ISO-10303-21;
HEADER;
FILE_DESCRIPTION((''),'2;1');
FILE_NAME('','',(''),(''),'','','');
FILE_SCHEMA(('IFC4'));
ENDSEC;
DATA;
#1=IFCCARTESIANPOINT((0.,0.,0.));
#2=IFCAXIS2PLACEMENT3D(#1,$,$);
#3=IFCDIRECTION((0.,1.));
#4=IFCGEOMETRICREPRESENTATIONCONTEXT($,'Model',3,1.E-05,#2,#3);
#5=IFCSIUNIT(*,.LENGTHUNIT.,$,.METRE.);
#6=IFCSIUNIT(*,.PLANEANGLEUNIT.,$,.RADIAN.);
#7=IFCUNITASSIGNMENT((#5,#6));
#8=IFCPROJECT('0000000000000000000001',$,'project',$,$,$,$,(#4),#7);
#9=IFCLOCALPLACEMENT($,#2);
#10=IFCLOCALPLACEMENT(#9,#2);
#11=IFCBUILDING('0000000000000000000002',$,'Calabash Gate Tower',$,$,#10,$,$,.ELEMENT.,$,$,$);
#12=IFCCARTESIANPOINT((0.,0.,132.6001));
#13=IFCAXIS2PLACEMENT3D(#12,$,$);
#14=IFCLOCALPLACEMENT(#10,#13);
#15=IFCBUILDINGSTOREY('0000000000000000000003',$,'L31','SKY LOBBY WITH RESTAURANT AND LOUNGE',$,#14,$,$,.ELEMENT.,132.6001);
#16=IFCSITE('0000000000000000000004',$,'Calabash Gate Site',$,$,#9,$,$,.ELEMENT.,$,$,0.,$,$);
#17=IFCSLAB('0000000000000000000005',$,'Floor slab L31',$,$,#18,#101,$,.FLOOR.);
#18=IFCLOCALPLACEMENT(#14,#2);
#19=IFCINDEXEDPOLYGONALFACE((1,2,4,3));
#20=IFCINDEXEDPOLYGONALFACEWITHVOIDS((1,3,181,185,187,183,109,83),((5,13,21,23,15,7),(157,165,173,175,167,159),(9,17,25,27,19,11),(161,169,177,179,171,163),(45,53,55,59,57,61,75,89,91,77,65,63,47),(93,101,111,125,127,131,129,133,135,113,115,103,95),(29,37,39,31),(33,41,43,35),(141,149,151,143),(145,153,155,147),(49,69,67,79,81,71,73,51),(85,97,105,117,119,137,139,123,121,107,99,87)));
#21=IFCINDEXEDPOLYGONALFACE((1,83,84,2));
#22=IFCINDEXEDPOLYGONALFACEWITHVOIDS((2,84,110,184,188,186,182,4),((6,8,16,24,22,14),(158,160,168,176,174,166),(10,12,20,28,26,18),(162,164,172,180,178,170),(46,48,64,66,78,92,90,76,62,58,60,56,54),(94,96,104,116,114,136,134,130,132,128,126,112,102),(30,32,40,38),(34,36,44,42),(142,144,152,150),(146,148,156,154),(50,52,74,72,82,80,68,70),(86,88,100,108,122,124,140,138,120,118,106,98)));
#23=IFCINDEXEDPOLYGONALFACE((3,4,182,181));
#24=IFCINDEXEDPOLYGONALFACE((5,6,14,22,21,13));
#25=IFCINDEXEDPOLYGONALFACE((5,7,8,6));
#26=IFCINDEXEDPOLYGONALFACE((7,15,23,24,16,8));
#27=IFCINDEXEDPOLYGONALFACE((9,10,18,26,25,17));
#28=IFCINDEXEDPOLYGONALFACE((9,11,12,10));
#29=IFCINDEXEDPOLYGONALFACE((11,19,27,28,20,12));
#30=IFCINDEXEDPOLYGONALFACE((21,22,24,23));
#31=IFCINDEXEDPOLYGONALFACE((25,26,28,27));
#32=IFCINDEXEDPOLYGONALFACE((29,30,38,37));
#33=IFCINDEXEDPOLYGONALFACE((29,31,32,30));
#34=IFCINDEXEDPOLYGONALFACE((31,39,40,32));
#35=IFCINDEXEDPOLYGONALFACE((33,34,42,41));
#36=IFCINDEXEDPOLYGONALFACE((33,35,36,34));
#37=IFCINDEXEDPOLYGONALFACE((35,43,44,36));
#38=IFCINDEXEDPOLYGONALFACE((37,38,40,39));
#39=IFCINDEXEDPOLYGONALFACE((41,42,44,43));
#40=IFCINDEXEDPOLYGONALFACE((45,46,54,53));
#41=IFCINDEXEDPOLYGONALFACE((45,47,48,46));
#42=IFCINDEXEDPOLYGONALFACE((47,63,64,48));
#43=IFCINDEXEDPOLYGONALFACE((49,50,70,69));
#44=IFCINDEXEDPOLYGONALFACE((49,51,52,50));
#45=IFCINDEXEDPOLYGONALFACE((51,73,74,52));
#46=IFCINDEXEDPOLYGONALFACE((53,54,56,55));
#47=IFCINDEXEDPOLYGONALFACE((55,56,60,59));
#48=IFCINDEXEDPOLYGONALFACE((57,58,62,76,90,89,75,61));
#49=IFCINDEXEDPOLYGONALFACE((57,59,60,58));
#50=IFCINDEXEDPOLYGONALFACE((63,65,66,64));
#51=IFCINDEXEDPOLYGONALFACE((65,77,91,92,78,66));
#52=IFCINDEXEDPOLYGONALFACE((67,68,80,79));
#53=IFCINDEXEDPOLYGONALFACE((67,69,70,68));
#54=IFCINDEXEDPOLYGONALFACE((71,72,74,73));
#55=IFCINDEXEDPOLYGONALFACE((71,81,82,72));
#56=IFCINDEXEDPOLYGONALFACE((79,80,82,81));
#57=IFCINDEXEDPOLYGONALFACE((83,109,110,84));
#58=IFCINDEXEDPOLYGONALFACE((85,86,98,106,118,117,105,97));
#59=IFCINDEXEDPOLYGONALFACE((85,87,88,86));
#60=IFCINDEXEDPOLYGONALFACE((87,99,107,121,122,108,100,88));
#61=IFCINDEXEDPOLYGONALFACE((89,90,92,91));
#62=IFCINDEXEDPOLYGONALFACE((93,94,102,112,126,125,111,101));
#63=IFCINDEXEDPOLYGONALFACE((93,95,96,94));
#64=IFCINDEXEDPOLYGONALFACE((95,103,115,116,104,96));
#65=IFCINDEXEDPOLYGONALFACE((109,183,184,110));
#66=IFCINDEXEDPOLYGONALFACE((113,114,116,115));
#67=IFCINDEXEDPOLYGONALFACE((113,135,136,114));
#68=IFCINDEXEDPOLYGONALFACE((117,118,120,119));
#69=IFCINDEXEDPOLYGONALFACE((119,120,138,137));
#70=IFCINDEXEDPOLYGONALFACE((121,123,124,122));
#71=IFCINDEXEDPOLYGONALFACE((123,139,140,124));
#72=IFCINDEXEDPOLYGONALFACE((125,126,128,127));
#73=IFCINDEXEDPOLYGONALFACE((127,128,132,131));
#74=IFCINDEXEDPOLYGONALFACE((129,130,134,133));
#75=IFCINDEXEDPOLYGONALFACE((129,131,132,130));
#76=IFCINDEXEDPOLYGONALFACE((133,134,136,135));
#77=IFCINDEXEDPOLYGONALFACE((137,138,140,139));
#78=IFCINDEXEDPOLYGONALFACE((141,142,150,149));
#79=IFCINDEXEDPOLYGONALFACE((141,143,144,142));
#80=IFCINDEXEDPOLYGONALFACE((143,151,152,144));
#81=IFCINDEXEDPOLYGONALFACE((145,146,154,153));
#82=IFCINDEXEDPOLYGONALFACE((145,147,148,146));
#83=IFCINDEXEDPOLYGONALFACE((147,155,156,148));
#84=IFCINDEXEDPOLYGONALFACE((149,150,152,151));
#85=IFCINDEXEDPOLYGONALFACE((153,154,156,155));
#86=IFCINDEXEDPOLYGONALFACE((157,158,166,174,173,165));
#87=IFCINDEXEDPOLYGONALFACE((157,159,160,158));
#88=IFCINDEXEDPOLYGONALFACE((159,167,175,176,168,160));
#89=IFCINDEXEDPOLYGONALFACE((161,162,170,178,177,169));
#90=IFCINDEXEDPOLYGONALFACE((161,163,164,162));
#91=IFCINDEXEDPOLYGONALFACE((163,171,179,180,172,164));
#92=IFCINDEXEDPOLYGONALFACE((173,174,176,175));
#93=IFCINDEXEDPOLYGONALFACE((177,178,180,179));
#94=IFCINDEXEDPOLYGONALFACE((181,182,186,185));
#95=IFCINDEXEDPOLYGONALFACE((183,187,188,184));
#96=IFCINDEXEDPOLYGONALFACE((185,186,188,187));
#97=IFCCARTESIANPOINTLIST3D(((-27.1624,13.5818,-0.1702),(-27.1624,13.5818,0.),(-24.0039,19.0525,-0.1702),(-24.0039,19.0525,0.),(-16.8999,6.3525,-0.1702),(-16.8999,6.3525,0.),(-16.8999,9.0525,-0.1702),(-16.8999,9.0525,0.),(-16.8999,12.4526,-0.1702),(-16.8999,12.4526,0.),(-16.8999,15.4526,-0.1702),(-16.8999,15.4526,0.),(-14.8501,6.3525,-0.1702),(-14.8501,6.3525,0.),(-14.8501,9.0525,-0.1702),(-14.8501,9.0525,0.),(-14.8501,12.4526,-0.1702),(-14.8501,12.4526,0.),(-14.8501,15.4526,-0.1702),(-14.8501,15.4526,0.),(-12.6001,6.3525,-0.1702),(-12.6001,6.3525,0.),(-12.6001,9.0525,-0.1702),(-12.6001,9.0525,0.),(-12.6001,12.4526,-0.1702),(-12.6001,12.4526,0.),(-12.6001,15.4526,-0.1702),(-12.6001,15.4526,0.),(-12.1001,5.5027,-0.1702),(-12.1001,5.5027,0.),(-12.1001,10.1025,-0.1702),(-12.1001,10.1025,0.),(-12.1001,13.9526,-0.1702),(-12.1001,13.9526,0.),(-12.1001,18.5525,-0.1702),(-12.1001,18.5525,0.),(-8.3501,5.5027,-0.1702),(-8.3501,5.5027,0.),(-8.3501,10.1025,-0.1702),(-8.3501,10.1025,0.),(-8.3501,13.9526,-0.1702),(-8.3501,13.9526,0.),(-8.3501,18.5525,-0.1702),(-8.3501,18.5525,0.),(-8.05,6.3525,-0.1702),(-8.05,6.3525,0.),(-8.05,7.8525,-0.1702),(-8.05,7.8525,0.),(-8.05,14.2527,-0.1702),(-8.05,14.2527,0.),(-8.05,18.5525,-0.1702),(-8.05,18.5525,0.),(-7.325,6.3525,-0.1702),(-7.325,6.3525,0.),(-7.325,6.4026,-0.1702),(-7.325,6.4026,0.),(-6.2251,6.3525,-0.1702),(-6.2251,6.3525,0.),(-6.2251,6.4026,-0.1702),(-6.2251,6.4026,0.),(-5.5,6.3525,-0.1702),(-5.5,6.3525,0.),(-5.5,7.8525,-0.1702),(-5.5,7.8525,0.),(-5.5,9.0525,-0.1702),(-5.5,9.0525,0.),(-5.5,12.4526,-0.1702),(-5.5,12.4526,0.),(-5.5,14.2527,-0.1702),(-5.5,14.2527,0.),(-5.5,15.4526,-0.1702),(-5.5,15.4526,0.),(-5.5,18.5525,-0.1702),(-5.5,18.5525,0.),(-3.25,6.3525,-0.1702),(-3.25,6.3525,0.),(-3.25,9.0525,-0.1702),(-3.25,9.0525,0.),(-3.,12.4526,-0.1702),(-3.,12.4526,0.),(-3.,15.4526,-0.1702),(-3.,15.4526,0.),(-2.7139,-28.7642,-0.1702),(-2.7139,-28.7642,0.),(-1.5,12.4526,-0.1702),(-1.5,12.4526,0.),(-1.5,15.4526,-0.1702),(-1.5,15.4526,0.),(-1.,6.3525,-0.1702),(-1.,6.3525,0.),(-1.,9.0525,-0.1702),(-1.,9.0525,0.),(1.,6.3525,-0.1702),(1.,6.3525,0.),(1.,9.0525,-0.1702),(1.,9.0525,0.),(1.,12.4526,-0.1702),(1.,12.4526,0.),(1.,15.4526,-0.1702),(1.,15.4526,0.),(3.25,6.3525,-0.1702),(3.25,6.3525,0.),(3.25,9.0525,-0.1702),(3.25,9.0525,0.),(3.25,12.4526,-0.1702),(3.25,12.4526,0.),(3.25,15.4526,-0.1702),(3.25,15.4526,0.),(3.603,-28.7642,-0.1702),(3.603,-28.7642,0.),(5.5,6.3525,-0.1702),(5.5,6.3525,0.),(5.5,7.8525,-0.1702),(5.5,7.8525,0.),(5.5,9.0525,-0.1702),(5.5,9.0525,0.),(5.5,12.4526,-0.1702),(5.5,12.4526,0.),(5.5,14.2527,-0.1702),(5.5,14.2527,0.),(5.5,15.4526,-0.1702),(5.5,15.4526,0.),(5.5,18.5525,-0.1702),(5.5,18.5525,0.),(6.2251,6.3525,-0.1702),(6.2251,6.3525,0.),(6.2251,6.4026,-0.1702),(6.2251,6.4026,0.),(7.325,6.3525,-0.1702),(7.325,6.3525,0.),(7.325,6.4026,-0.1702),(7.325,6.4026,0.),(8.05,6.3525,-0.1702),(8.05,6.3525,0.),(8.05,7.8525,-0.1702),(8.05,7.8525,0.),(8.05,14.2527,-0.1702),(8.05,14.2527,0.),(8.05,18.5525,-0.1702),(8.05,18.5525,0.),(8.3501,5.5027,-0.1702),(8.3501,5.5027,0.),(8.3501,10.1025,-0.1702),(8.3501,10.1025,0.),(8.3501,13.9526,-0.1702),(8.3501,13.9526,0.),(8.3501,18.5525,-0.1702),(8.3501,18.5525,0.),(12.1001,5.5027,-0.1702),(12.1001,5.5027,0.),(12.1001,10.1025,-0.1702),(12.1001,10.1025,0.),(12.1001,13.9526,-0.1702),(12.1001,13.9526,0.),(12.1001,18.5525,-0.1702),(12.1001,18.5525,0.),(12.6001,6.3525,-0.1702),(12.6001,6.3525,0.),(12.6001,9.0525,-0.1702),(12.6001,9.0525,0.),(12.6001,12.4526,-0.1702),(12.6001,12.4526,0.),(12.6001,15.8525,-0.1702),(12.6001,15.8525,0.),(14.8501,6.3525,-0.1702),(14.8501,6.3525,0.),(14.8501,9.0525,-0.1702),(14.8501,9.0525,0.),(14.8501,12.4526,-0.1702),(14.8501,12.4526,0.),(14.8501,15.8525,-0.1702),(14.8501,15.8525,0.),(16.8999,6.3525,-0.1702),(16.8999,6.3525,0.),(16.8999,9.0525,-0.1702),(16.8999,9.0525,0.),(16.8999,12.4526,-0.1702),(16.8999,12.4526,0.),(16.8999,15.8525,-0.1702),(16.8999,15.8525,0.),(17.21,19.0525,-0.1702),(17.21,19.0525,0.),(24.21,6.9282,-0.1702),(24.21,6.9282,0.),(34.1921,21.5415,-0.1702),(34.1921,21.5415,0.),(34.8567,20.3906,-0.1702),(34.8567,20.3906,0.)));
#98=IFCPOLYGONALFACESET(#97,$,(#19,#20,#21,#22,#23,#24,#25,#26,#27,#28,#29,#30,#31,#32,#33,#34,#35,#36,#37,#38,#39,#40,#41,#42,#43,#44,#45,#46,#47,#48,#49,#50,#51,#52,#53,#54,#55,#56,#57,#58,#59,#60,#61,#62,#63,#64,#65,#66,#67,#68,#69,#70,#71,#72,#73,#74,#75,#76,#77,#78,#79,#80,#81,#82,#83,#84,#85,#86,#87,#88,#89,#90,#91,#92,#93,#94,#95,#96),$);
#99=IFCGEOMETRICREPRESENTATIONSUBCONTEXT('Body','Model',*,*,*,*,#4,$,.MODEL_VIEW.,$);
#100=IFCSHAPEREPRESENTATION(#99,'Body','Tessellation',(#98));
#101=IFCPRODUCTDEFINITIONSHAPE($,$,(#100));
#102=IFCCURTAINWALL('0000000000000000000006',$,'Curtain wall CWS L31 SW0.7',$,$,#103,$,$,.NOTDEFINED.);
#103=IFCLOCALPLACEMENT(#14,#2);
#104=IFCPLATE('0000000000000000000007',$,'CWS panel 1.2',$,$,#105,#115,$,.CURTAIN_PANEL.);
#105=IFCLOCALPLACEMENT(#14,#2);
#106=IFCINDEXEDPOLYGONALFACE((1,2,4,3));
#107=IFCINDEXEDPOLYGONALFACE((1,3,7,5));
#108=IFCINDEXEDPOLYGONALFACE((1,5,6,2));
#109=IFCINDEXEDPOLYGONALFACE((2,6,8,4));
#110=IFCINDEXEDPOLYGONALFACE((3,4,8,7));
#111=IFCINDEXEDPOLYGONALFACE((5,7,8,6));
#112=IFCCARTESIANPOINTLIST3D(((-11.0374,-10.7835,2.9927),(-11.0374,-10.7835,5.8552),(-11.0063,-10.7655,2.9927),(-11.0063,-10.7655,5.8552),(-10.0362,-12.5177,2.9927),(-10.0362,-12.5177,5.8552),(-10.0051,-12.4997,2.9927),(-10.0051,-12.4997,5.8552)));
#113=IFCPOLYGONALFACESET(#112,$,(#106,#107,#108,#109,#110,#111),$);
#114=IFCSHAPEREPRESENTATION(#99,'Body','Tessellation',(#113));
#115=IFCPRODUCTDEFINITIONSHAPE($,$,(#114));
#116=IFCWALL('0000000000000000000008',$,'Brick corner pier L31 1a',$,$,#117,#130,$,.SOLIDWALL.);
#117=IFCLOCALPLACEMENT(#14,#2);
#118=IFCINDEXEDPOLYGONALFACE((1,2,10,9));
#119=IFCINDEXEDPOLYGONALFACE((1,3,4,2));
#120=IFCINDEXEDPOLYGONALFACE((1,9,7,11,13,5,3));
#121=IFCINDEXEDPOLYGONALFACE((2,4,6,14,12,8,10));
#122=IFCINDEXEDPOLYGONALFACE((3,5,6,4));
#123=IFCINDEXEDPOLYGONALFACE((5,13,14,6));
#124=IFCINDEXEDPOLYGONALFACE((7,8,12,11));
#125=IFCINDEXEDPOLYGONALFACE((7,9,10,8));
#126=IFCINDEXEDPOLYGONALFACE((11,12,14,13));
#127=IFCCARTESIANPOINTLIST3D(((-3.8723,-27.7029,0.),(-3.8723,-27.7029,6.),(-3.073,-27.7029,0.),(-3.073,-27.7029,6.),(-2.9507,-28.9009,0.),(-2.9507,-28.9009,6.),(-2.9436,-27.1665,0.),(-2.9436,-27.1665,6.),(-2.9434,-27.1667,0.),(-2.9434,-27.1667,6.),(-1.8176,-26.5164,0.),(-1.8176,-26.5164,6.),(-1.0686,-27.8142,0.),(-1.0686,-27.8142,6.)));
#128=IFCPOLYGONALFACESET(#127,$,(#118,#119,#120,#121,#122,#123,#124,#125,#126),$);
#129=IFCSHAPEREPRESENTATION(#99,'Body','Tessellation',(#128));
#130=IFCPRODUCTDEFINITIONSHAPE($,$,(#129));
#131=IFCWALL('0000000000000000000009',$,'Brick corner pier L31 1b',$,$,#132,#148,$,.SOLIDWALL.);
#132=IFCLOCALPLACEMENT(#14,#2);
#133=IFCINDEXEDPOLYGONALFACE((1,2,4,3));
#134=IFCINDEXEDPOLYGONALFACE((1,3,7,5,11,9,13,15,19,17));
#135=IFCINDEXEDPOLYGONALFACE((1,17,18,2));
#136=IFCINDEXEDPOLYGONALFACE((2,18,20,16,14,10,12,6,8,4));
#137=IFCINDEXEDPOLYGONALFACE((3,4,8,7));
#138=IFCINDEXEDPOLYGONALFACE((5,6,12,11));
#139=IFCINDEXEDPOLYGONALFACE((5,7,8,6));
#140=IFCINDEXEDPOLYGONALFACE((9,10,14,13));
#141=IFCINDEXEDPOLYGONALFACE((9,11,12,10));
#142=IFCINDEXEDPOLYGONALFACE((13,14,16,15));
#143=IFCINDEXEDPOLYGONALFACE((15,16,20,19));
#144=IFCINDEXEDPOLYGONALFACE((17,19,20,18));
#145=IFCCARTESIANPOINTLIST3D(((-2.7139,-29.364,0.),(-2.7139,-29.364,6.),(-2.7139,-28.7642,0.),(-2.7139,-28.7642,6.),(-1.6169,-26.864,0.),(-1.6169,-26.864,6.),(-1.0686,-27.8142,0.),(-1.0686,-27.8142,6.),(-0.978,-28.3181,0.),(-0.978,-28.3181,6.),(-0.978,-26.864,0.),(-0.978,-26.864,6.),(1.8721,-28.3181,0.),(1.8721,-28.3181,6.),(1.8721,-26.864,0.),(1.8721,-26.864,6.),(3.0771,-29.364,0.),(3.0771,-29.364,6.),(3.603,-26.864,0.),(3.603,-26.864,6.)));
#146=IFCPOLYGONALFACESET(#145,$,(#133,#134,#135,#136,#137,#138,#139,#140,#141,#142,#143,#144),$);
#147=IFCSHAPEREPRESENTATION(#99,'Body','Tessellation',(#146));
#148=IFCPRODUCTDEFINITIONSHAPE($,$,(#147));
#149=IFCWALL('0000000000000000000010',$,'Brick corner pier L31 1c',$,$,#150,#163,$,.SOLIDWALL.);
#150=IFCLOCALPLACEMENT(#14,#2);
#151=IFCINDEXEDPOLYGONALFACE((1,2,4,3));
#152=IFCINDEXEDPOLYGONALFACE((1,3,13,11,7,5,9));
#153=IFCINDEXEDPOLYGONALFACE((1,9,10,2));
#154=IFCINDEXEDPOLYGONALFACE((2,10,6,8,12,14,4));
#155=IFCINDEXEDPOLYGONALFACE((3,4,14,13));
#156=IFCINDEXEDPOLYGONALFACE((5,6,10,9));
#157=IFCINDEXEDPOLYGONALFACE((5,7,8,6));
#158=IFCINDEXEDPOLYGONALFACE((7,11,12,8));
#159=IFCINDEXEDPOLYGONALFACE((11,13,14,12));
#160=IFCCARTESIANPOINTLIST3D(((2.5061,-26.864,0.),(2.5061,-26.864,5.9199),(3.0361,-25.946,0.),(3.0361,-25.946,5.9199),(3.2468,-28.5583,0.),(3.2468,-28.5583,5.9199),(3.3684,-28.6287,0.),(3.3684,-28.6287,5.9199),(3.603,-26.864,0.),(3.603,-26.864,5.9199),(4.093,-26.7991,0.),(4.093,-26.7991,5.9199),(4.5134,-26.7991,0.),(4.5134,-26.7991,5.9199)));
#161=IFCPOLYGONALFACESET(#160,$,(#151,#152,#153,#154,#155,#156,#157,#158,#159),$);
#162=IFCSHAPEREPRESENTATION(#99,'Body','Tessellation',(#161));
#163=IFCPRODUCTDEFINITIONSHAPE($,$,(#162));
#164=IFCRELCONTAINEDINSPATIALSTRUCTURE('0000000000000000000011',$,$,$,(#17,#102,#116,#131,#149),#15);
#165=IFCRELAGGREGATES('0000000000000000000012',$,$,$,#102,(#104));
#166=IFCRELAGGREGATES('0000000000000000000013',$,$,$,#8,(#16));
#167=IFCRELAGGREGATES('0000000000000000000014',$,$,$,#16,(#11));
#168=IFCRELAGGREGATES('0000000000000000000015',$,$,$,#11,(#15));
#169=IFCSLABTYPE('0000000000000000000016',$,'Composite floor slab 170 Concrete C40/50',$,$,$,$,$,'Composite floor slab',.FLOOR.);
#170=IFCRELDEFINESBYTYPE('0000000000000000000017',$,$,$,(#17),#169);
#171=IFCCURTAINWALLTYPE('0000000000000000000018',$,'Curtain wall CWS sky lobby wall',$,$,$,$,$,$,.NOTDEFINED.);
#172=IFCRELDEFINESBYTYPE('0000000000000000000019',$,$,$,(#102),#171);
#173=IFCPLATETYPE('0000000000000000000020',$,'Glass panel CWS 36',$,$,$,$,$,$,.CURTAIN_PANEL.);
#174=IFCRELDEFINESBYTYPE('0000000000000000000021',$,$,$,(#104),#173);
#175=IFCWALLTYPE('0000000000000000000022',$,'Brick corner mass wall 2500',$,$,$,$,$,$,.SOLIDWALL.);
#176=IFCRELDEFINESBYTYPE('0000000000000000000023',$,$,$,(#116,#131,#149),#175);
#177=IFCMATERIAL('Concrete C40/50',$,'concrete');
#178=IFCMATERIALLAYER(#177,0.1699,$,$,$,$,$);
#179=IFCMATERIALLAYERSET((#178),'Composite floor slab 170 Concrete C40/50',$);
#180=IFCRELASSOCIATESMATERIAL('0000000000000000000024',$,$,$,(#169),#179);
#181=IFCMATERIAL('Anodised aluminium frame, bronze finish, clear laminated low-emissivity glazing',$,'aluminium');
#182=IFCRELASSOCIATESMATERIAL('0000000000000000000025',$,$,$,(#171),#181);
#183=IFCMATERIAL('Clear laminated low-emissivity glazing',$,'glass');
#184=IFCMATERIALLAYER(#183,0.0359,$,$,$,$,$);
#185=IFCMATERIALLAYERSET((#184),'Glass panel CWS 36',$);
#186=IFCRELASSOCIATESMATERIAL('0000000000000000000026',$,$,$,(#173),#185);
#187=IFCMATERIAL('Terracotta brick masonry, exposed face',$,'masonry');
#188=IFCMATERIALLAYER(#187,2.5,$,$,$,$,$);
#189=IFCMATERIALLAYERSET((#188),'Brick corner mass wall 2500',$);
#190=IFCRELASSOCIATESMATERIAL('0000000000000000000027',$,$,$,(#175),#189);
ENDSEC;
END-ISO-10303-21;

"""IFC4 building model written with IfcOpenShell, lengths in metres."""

from ifc_helpers import new_model, si_unit, direction, frame, origin, origin_2d, place, context, subcontext, project, spatial, polyline, rectangle, outline, extrude, material, layer, layer_set, type_object, element, aggregate, save


model = new_model("IFC4")

# Units and contexts
model_context = context("Model", 3, precision=1e-05, world=origin(), true_north=direction((0.0, 1.0)))
body_context = subcontext(model_context, "Body", "Model", "MODEL_VIEW")
ifc_project = project(units=[si_unit("LENGTHUNIT", "METRE"), si_unit("PLANEANGLEUNIT", "RADIAN")], contexts=[model_context])

# Site, building, storey
site_placement = place(None, origin())
site = spatial("IfcSite", under=ifc_project, at=site_placement, Name="Calabash Gate Site", CompositionType="ELEMENT", RefElevation=0.0)
building_placement = place(site_placement, origin())
building = spatial("IfcBuilding", under=site, at=building_placement, Name="Calabash Gate Tower", CompositionType="ELEMENT")
storey_placement = place(building_placement, frame((0.0, 0.0, 132.6001)))
storey = spatial("IfcBuildingStorey", under=building, at=storey_placement, Name="L31", Description="SKY LOBBY WITH RESTAURANT AND LOUNGE", CompositionType="ELEMENT", Elevation=132.6001)

# Slab
ifc_material_1 = material(Name="Concrete C40/50", Category="concrete")
ifc_layer_1 = layer(ifc_material_1, 0.1699)
ifc_layer_set_1 = layer_set([ifc_layer_1], Name="Composite floor slab 170 Concrete C40/50")
slab_type = type_object("IfcSlabType", Name="Composite floor slab 170 Concrete C40/50", ElementType="Composite floor slab", PredefinedType="FLOOR", material=ifc_layer_set_1)
slab_placement = place(storey_placement, frame((0.0, 0.0, -0.1702)))
element("IfcSlab", 1, at=slab_placement, inside=storey, type_object=slab_type, Name="Floor slab L31", PredefinedType="FLOOR", context=body_context, shape_type="SweptSolid", body=[
    extrude(outline(polyline([(-27.1624, 13.5818), (-24.0039, 19.0525), (17.21, 19.0525), (34.1921, 21.5415), (34.8567, 20.3906), (24.21, 6.9282), (3.603, -28.7642), (-2.7139, -28.7642), (-27.1624, 13.5818)]), holes=[polyline([(-5.5, 9.0525), (-5.5, 7.8525), (-8.05, 7.8525), (-8.05, 6.3525), (-7.325, 6.3525), (-7.325, 6.4026), (-6.2251, 6.4026), (-6.2251, 6.3525), (-5.5, 6.3525), (-3.25, 6.3525), (-1.0, 6.3525), (-1.0, 9.0525), (-3.25, 9.0525), (-5.5, 9.0525)]), polyline([(5.5, 9.0525), (3.25, 9.0525), (1.0, 9.0525), (1.0, 6.3525), (3.25, 6.3525), (5.5, 6.3525), (6.2251, 6.3525), (6.2251, 6.4026), (7.325, 6.4026), (7.325, 6.3525), (8.05, 6.3525), (8.05, 7.8525), (5.5, 7.8525), (5.5, 9.0525)]), polyline([(-5.5, 14.2527), (-5.5, 12.4526), (-3.0, 12.4526), (-3.0, 15.4526), (-5.5, 15.4526), (-5.5, 18.5525), (-8.05, 18.5525), (-8.05, 14.2527), (-5.5, 14.2527)]), polyline([(8.05, 18.5525), (5.5, 18.5525), (5.5, 15.4526), (3.25, 15.4526), (1.0, 15.4526), (-1.5, 15.4526), (-1.5, 12.4526), (1.0, 12.4526), (3.25, 12.4526), (5.5, 12.4526), (5.5, 14.2527), (8.05, 14.2527), (8.05, 18.5525)]), polyline([(-12.6001, 6.3525), (-12.6001, 9.0525), (-14.8501, 9.0525), (-16.8999, 9.0525), (-16.8999, 6.3525), (-14.8501, 6.3525), (-12.6001, 6.3525)]), polyline([(-14.8501, 12.4526), (-12.6001, 12.4526), (-12.6001, 15.4526), (-14.8501, 15.4526), (-16.8999, 15.4526), (-16.8999, 12.4526), (-14.8501, 12.4526)]), polyline([(14.8501, 6.3525), (16.8999, 6.3525), (16.8999, 9.0525), (14.8501, 9.0525), (12.6001, 9.0525), (12.6001, 6.3525), (14.8501, 6.3525)]), polyline([(14.8501, 12.4526), (16.8999, 12.4526), (16.8999, 15.8525), (14.8501, 15.8525), (12.6001, 15.8525), (12.6001, 12.4526), (14.8501, 12.4526)]), polyline([(-8.3501, 18.5525), (-12.1001, 18.5525), (-12.1001, 13.9526), (-8.3501, 13.9526), (-8.3501, 18.5525)]), polyline([(-12.1001, 10.1025), (-12.1001, 5.5027), (-8.3501, 5.5027), (-8.3501, 10.1025), (-12.1001, 10.1025)]), polyline([(8.3501, 13.9526), (12.1001, 13.9526), (12.1001, 18.5525), (8.3501, 18.5525), (8.3501, 13.9526)]), polyline([(12.1001, 5.5027), (12.1001, 10.1025), (8.3501, 10.1025), (8.3501, 5.5027), (12.1001, 5.5027)])]), origin(), (0.0, 0.0, 1.0), 0.1702),
])

# Curtain wall, plate
ifc_material_2 = material(Name="Anodised aluminium frame, bronze finish, clear laminated low-emissivity glazing", Category="aluminium")
curtain_wall_type = type_object("IfcCurtainWallType", Name="Curtain wall CWS sky lobby wall", PredefinedType="NOTDEFINED", material=ifc_material_2)
curtain_wall_placement = place(storey_placement, origin())
curtain_wall = element("IfcCurtainWall", 2, at=curtain_wall_placement, inside=storey, type_object=curtain_wall_type, Name="Curtain wall CWS L31 SW0.7", PredefinedType="NOTDEFINED")
ifc_material_3 = material(Name="Clear laminated low-emissivity glazing", Category="glass")
ifc_layer_2 = layer(ifc_material_3, 0.0359)
ifc_layer_set_2 = layer_set([ifc_layer_2], Name="Glass panel CWS 36")
plate_type = type_object("IfcPlateType", Name="Glass panel CWS 36", PredefinedType="CURTAIN_PANEL", material=ifc_layer_set_2)
plate_placement = place(storey_placement, frame((-10.5212, -11.6416, 2.9927), z_axis=(0.0, 0.0, 1.0), x_axis=(0.5, -0.866025, 0.0)))
plate = element("IfcPlate", 3, at=plate_placement, type_object=plate_type, Name="CWS panel 1.2", PredefinedType="CURTAIN_PANEL", context=body_context, shape_type="SweptSolid", body=[
    extrude(rectangle(XDim=2.0024, YDim=0.0359, at=origin_2d()), origin(), (0.0, 0.0, 1.0), 2.8625),
])
aggregate(curtain_wall, [plate])

# Walls
ifc_material_4 = material(Name="Terracotta brick masonry, exposed face", Category="masonry")
ifc_layer_3 = layer(ifc_material_4, 2.5)
ifc_layer_set_3 = layer_set([ifc_layer_3], Name="Brick corner mass wall 2500")
wall_type_1 = type_object("IfcWallType", Name="Brick corner mass wall 2500", PredefinedType="SOLIDWALL", material=ifc_layer_set_3)
wall_1_placement = place(storey_placement, origin())
element("IfcWall", 4, at=wall_1_placement, inside=storey, type_object=wall_type_1, Name="Brick corner pier L31 1a", PredefinedType="SOLIDWALL", context=body_context, shape_type="SweptSolid", body=[
    extrude(outline(polyline([(-1.0686, -27.8142), (-1.8176, -26.5164), (-2.9436, -27.1665), (-2.9434, -27.1667), (-3.8723, -27.7029), (-3.073, -27.7029), (-2.9507, -28.9009), (-1.0686, -27.8142)])), origin(), (0.0, 0.0, 1.0), 6.0),
])
wall_2_placement = place(storey_placement, origin())
element("IfcWall", 5, at=wall_2_placement, inside=storey, type_object=wall_type_1, Name="Brick corner pier L31 1b", PredefinedType="SOLIDWALL", context=body_context, shape_type="SweptSolid", body=[
    extrude(outline(polyline([(-0.978, -26.864), (-1.6169, -26.864), (-1.0686, -27.8142), (-2.7139, -28.7642), (-2.7139, -29.364), (3.0771, -29.364), (3.603, -26.864), (1.8721, -26.864), (1.8721, -28.3181), (-0.978, -28.3181), (-0.978, -26.864)])), origin(), (0.0, 0.0, 1.0), 6.0),
])
wall_3_placement = place(storey_placement, origin())
element("IfcWall", 6, at=wall_3_placement, inside=storey, type_object=wall_type_1, Name="Brick corner pier L31 1c", PredefinedType="SOLIDWALL", context=body_context, shape_type="SweptSolid", body=[
    extrude(outline(polyline([(4.5134, -26.7991), (3.0361, -25.946), (2.5061, -26.864), (3.603, -26.864), (3.2468, -28.5583), (3.3684, -28.6287), (4.093, -26.7991), (4.5134, -26.7991)])), origin(), (0.0, 0.0, 1.0), 5.9199),
])

save(model, "model.ifc")
